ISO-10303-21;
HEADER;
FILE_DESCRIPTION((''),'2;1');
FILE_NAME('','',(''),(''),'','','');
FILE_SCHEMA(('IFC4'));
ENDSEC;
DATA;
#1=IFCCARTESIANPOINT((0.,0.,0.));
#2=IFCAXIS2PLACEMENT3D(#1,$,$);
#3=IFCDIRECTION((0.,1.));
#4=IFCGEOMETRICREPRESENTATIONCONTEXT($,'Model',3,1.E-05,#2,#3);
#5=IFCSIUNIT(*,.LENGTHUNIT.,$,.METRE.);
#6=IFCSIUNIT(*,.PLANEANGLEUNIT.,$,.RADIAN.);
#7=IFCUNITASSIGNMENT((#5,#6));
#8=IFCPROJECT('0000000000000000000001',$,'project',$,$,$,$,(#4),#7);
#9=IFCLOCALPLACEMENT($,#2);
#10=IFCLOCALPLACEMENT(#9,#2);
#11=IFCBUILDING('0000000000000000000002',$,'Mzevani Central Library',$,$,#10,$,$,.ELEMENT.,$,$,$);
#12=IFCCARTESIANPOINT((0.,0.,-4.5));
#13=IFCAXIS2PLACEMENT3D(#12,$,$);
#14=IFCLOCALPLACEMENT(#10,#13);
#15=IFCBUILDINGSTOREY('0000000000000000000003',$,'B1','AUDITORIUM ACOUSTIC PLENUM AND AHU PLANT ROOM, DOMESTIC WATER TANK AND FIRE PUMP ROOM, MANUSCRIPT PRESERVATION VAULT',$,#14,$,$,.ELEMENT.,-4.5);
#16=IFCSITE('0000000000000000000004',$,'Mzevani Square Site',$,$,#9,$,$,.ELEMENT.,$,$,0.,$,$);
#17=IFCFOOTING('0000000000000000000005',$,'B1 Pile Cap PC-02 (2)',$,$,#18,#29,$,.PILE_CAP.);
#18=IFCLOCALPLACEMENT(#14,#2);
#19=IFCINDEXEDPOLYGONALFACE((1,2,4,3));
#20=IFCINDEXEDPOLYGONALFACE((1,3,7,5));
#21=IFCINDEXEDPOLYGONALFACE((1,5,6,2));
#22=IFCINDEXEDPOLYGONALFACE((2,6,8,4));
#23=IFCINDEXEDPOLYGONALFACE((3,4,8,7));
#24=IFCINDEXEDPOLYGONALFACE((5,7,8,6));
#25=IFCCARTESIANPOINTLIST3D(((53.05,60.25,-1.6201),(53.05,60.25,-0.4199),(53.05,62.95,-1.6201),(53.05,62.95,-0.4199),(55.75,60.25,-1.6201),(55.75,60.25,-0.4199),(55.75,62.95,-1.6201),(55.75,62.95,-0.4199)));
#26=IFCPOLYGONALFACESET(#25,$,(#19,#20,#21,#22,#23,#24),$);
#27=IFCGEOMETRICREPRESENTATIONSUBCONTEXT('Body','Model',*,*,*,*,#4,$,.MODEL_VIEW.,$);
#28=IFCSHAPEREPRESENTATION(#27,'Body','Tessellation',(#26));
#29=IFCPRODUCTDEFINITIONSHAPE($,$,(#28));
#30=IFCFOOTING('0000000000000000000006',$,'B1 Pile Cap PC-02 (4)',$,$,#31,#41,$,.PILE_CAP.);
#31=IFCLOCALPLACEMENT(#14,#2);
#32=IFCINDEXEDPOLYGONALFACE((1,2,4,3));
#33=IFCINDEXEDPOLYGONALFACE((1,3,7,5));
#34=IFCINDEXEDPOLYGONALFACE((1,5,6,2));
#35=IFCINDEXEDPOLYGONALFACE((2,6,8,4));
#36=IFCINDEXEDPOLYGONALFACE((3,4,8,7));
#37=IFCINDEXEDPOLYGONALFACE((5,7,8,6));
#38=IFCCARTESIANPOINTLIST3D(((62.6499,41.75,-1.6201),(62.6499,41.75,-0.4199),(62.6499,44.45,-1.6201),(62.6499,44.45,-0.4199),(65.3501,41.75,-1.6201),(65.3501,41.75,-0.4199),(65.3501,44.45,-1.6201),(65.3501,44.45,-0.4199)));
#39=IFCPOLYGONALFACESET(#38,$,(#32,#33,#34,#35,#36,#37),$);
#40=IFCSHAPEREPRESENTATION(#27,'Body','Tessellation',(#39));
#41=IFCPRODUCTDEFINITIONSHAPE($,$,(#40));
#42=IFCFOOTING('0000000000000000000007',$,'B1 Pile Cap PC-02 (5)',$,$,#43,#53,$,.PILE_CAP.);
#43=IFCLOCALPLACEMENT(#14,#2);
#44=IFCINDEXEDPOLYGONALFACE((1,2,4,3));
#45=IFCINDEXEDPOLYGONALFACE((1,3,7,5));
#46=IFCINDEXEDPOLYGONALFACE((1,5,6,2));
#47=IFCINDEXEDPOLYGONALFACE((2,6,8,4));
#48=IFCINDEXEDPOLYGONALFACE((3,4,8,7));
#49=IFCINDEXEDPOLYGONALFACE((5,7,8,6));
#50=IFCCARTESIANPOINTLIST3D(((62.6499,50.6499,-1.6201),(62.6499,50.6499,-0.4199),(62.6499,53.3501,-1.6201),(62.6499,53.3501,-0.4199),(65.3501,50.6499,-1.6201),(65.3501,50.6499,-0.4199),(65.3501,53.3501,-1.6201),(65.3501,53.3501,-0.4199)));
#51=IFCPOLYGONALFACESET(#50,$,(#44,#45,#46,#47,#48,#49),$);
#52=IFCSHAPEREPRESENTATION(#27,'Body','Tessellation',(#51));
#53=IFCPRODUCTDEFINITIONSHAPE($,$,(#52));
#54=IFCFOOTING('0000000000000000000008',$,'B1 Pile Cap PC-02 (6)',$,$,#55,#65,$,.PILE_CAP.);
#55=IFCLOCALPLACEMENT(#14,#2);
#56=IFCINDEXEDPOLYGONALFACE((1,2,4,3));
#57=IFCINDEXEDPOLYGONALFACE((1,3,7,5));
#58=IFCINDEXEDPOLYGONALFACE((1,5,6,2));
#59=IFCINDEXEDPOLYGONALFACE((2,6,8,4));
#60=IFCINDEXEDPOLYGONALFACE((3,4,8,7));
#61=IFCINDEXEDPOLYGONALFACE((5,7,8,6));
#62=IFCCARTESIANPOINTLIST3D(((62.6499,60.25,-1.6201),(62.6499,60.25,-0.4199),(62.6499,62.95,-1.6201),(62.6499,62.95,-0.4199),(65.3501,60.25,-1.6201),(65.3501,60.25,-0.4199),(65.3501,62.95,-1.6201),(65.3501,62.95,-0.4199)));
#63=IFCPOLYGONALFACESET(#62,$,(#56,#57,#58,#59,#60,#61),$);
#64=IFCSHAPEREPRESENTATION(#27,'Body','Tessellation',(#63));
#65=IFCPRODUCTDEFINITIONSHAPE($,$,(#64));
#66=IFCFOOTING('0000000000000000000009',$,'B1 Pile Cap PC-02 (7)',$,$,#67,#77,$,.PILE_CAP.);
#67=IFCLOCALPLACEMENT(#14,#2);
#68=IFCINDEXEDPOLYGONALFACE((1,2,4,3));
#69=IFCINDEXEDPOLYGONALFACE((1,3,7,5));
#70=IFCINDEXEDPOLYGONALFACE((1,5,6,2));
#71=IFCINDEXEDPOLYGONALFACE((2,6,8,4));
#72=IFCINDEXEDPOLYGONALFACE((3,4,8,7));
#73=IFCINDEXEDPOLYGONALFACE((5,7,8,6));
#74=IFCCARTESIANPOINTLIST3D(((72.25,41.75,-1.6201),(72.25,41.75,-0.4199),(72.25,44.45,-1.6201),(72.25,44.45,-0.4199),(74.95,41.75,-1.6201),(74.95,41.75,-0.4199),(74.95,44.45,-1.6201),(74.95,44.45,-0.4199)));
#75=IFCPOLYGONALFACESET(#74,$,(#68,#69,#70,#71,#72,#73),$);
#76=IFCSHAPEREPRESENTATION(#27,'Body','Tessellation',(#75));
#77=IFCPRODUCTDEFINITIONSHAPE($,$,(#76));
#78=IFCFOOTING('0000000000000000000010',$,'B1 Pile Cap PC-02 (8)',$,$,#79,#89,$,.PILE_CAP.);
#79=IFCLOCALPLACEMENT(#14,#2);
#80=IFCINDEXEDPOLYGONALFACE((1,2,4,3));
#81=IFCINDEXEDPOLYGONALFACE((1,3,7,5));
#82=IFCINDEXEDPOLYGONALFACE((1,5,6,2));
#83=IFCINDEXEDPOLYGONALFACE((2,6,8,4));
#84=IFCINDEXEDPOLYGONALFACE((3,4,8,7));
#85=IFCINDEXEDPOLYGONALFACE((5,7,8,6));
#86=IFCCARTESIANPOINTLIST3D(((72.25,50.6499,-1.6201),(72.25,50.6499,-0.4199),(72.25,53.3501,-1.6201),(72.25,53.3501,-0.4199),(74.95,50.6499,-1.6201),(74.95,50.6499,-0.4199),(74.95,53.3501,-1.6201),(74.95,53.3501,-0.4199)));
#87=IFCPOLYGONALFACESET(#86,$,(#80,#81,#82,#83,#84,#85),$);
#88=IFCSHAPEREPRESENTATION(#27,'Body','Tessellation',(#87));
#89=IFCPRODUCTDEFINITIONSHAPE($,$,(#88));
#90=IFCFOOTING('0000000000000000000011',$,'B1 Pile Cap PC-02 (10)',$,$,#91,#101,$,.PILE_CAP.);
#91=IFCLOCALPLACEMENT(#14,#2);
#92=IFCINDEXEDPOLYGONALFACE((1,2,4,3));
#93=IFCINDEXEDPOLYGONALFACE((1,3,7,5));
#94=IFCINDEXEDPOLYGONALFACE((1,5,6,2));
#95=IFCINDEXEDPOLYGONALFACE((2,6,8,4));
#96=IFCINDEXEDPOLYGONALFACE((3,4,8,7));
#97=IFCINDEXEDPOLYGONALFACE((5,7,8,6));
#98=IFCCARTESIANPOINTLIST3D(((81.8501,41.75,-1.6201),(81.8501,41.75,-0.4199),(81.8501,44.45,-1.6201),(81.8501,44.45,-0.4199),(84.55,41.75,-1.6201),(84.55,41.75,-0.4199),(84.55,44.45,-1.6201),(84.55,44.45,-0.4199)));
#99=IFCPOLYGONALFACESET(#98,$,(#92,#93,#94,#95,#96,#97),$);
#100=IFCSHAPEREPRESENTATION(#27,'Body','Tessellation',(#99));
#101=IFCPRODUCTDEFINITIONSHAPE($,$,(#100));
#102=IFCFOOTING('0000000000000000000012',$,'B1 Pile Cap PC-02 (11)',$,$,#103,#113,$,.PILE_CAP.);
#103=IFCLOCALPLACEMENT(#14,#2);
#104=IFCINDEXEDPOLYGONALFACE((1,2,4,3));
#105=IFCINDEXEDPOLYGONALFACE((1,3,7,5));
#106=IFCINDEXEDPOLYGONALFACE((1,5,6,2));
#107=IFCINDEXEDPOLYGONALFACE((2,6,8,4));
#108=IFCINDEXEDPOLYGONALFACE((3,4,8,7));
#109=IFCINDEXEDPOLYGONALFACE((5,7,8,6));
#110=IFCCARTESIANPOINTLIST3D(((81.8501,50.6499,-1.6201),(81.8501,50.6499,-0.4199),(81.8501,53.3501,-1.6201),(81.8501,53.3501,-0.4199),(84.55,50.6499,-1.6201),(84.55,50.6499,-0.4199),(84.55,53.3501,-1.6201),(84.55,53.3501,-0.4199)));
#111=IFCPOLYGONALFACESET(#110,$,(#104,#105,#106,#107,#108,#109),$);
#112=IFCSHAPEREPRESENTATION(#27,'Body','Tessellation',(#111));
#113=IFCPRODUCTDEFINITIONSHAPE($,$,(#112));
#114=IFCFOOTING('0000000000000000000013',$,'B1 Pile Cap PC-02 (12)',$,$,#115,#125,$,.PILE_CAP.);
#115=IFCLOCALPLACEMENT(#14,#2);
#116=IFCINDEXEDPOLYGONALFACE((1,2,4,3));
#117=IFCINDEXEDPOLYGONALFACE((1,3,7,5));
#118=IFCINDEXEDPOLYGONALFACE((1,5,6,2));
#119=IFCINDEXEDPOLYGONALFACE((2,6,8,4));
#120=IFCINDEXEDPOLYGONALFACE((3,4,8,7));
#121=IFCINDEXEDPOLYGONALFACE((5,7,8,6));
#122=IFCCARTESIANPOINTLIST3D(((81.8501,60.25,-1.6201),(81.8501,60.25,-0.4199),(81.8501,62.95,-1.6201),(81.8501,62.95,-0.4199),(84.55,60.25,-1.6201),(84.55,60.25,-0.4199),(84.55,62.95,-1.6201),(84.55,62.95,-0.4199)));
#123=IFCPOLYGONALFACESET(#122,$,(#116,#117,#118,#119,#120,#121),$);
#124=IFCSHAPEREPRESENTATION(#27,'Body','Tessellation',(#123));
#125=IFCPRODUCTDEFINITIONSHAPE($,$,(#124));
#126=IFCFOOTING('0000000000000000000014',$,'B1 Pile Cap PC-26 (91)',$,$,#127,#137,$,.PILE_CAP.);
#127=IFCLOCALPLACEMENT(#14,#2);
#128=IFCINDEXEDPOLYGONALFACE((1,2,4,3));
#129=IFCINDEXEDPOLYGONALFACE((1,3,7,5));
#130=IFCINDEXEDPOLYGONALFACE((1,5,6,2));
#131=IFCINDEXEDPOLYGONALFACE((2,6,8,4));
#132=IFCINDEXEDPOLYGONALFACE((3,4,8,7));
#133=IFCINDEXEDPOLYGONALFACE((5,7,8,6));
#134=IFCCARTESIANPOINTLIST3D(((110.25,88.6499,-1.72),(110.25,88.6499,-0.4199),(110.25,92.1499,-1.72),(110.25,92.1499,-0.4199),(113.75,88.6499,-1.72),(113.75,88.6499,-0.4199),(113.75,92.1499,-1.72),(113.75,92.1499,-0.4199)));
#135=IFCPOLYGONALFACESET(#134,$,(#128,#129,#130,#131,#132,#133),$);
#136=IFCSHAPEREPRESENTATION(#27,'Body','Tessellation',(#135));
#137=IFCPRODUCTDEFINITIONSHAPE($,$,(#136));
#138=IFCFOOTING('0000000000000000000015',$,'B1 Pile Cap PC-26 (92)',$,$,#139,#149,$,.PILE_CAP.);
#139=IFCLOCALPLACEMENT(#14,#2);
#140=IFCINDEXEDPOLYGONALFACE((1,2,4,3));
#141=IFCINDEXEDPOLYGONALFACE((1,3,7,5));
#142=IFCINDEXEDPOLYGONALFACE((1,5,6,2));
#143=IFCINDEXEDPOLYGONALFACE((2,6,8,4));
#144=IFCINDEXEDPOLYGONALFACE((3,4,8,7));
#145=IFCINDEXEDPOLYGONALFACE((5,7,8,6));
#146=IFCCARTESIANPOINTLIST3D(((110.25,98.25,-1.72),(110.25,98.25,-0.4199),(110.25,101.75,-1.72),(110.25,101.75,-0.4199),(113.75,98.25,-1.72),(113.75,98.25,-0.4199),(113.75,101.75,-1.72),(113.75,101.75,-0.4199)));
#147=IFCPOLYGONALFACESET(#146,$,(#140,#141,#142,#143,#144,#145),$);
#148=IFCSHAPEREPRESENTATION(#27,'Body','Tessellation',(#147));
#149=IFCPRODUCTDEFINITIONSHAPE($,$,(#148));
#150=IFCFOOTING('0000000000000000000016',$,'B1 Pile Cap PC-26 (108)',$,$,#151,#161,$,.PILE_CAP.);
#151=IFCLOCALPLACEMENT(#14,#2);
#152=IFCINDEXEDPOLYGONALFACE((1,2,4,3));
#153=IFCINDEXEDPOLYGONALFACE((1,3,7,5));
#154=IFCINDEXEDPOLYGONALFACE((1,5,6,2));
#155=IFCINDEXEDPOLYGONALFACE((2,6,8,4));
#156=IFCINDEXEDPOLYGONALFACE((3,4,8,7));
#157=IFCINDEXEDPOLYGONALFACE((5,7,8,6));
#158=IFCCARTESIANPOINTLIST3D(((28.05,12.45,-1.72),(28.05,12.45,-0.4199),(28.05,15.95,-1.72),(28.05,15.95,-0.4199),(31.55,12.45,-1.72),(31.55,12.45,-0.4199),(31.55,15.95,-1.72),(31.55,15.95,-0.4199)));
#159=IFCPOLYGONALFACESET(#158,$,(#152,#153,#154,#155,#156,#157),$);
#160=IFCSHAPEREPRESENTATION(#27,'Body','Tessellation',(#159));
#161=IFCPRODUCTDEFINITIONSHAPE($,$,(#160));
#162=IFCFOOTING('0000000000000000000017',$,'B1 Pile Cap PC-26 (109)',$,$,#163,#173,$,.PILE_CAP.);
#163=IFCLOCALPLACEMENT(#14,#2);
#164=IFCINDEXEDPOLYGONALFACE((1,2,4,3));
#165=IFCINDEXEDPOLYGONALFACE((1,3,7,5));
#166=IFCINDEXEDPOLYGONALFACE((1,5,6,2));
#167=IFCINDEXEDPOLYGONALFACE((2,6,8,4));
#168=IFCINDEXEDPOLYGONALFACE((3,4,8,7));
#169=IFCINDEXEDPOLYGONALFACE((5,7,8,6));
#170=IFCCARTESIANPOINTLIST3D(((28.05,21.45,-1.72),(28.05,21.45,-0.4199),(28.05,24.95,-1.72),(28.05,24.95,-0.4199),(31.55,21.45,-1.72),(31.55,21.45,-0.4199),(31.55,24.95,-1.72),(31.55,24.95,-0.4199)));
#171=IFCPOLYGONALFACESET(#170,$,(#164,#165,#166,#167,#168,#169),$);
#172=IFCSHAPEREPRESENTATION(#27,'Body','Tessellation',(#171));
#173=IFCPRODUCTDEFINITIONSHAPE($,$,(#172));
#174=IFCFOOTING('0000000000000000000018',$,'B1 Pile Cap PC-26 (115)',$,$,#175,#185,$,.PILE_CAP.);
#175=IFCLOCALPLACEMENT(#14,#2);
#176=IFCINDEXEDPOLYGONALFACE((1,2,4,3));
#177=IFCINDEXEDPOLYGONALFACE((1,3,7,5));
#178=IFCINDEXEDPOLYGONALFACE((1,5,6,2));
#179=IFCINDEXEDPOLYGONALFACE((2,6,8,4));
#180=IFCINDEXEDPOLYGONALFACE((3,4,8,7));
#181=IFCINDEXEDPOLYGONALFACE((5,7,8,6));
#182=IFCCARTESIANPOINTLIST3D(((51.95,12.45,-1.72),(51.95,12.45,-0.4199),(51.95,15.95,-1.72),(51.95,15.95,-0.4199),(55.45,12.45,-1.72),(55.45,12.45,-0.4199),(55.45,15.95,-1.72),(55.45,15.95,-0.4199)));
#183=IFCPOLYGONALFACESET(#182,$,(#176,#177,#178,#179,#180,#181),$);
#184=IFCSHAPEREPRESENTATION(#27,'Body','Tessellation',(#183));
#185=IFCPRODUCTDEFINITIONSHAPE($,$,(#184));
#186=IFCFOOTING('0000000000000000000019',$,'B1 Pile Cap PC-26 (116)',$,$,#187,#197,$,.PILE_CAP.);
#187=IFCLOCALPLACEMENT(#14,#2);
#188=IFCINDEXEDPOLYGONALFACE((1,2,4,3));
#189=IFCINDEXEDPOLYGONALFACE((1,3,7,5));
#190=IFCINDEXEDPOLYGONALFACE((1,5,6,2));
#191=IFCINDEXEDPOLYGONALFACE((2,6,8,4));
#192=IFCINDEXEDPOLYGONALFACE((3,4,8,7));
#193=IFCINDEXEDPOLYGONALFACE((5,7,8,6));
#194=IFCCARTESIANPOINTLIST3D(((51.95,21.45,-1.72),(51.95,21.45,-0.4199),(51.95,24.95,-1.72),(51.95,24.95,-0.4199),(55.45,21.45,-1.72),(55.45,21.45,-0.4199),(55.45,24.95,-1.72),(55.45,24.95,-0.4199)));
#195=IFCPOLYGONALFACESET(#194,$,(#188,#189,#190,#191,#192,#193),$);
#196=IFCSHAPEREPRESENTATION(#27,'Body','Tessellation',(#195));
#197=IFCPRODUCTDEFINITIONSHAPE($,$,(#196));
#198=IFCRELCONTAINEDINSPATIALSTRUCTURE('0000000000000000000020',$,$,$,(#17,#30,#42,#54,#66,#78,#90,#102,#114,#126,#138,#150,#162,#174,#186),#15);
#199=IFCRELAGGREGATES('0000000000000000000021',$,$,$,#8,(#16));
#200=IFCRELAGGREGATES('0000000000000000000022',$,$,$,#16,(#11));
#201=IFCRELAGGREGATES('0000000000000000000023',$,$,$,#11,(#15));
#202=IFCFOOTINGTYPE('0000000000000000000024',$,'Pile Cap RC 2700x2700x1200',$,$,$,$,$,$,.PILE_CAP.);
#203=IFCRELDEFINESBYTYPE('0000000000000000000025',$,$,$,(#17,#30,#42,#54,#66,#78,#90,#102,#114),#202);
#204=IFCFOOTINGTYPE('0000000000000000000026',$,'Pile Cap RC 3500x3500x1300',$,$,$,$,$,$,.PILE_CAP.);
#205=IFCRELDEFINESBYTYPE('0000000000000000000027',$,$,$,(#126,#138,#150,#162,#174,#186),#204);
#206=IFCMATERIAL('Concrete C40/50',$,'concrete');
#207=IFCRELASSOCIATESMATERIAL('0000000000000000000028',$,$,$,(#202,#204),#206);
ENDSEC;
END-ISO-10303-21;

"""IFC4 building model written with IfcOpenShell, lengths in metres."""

from ifc_helpers import new_model, si_unit, direction, frame, origin, place, context, subcontext, project, spatial, polyline, outline, extrude, material, type_object, element, save


model = new_model("IFC4")

# Units and contexts
model_context = context("Model", 3, precision=1e-05, world=origin(), true_north=direction((0.0, 1.0)))
body_context = subcontext(model_context, "Body", "Model", "MODEL_VIEW")
ifc_project = project(units=[si_unit("LENGTHUNIT", "METRE"), si_unit("PLANEANGLEUNIT", "RADIAN")], contexts=[model_context])

# Site, building, storey
site_placement = place(None, origin())
site = spatial("IfcSite", under=ifc_project, at=site_placement, Name="Mzevani Square Site", CompositionType="ELEMENT", RefElevation=0.0)
building_placement = place(site_placement, origin())
building = spatial("IfcBuilding", under=site, at=building_placement, Name="Mzevani Central Library", CompositionType="ELEMENT")
storey_placement = place(building_placement, frame((0.0, 0.0, -4.5)))
storey = spatial("IfcBuildingStorey", under=building, at=storey_placement, Name="B1", Description="AUDITORIUM ACOUSTIC PLENUM AND AHU PLANT ROOM, DOMESTIC WATER TANK AND FIRE PUMP ROOM, MANUSCRIPT PRESERVATION VAULT", CompositionType="ELEMENT", Elevation=-4.5)

# Footings
ifc_material = material(Name="Concrete C40/50", Category="concrete")
footing_type_1 = type_object("IfcFootingType", Name="Pile Cap RC 2700x2700x1200", PredefinedType="PILE_CAP", material=ifc_material)
footing_1_placement = place(storey_placement, frame((0.0, 0.0, -1.6201)))
element("IfcFooting", 1, at=footing_1_placement, inside=storey, type_object=footing_type_1, Name="B1 Pile Cap PC-02 (2)", PredefinedType="PILE_CAP", context=body_context, shape_type="SweptSolid", body=[
    extrude(outline(polyline([(53.05, 60.25), (55.75, 60.25), (55.75, 62.95), (53.05, 62.95), (53.05, 60.25)])), origin(), (0.0, 0.0, 1.0), 1.2002),
])
footing_2_placement = place(storey_placement, frame((0.0, 0.0, -1.6201)))
element("IfcFooting", 2, at=footing_2_placement, inside=storey, type_object=footing_type_1, Name="B1 Pile Cap PC-02 (4)", PredefinedType="PILE_CAP", context=body_context, shape_type="SweptSolid", body=[
    extrude(outline(polyline([(62.6499, 41.75), (65.3501, 41.75), (65.3501, 44.45), (62.6499, 44.45), (62.6499, 41.75)])), origin(), (0.0, 0.0, 1.0), 1.2002),
])
footing_3_placement = place(storey_placement, frame((0.0, 0.0, -1.6201)))
element("IfcFooting", 3, at=footing_3_placement, inside=storey, type_object=footing_type_1, Name="B1 Pile Cap PC-02 (5)", PredefinedType="PILE_CAP", context=body_context, shape_type="SweptSolid", body=[
    extrude(outline(polyline([(62.6499, 50.6499), (65.3501, 50.6499), (65.3501, 53.3501), (62.6499, 53.3501), (62.6499, 50.6499)])), origin(), (0.0, 0.0, 1.0), 1.2002),
])
footing_4_placement = place(storey_placement, frame((0.0, 0.0, -1.6201)))
element("IfcFooting", 4, at=footing_4_placement, inside=storey, type_object=footing_type_1, Name="B1 Pile Cap PC-02 (6)", PredefinedType="PILE_CAP", context=body_context, shape_type="SweptSolid", body=[
    extrude(outline(polyline([(62.6499, 60.25), (65.3501, 60.25), (65.3501, 62.95), (62.6499, 62.95), (62.6499, 60.25)])), origin(), (0.0, 0.0, 1.0), 1.2002),
])
footing_5_placement = place(storey_placement, frame((0.0, 0.0, -1.6201)))
element("IfcFooting", 5, at=footing_5_placement, inside=storey, type_object=footing_type_1, Name="B1 Pile Cap PC-02 (7)", PredefinedType="PILE_CAP", context=body_context, shape_type="SweptSolid", body=[
    extrude(outline(polyline([(72.25, 41.75), (74.95, 41.75), (74.95, 44.45), (72.25, 44.45), (72.25, 41.75)])), origin(), (0.0, 0.0, 1.0), 1.2002),
])
footing_6_placement = place(storey_placement, frame((0.0, 0.0, -1.6201)))
element("IfcFooting", 6, at=footing_6_placement, inside=storey, type_object=footing_type_1, Name="B1 Pile Cap PC-02 (8)", PredefinedType="PILE_CAP", context=body_context, shape_type="SweptSolid", body=[
    extrude(outline(polyline([(72.25, 50.6499), (74.95, 50.6499), (74.95, 53.3501), (72.25, 53.3501), (72.25, 50.6499)])), origin(), (0.0, 0.0, 1.0), 1.2002),
])
footing_7_placement = place(storey_placement, frame((0.0, 0.0, -1.6201)))
element("IfcFooting", 7, at=footing_7_placement, inside=storey, type_object=footing_type_1, Name="B1 Pile Cap PC-02 (10)", PredefinedType="PILE_CAP", context=body_context, shape_type="SweptSolid", body=[
    extrude(outline(polyline([(81.8501, 41.75), (84.55, 41.75), (84.55, 44.45), (81.8501, 44.45), (81.8501, 41.75)])), origin(), (0.0, 0.0, 1.0), 1.2002),
])
footing_8_placement = place(storey_placement, frame((0.0, 0.0, -1.6201)))
element("IfcFooting", 8, at=footing_8_placement, inside=storey, type_object=footing_type_1, Name="B1 Pile Cap PC-02 (11)", PredefinedType="PILE_CAP", context=body_context, shape_type="SweptSolid", body=[
    extrude(outline(polyline([(81.8501, 50.6499), (84.55, 50.6499), (84.55, 53.3501), (81.8501, 53.3501), (81.8501, 50.6499)])), origin(), (0.0, 0.0, 1.0), 1.2002),
])
footing_9_placement = place(storey_placement, frame((0.0, 0.0, -1.6201)))
element("IfcFooting", 9, at=footing_9_placement, inside=storey, type_object=footing_type_1, Name="B1 Pile Cap PC-02 (12)", PredefinedType="PILE_CAP", context=body_context, shape_type="SweptSolid", body=[
    extrude(outline(polyline([(81.8501, 60.25), (84.55, 60.25), (84.55, 62.95), (81.8501, 62.95), (81.8501, 60.25)])), origin(), (0.0, 0.0, 1.0), 1.2002),
])
footing_type_2 = type_object("IfcFootingType", Name="Pile Cap RC 3500x3500x1300", PredefinedType="PILE_CAP", material=ifc_material)
footing_10_placement = place(storey_placement, frame((0.0, 0.0, -1.72)))
element("IfcFooting", 10, at=footing_10_placement, inside=storey, type_object=footing_type_2, Name="B1 Pile Cap PC-26 (91)", PredefinedType="PILE_CAP", context=body_context, shape_type="SweptSolid", body=[
    extrude(outline(polyline([(110.25, 88.6499), (113.75, 88.6499), (113.75, 92.1499), (110.25, 92.1499), (110.25, 88.6499)])), origin(), (0.0, 0.0, 1.0), 1.3),
])
footing_11_placement = place(storey_placement, frame((0.0, 0.0, -1.72)))
element("IfcFooting", 11, at=footing_11_placement, inside=storey, type_object=footing_type_2, Name="B1 Pile Cap PC-26 (92)", PredefinedType="PILE_CAP", context=body_context, shape_type="SweptSolid", body=[
    extrude(outline(polyline([(110.25, 98.25), (113.75, 98.25), (113.75, 101.75), (110.25, 101.75), (110.25, 98.25)])), origin(), (0.0, 0.0, 1.0), 1.3),
])
footing_12_placement = place(storey_placement, frame((0.0, 0.0, -1.72)))
element("IfcFooting", 12, at=footing_12_placement, inside=storey, type_object=footing_type_2, Name="B1 Pile Cap PC-26 (108)", PredefinedType="PILE_CAP", context=body_context, shape_type="SweptSolid", body=[
    extrude(outline(polyline([(28.05, 12.45), (31.55, 12.45), (31.55, 15.95), (28.05, 15.95), (28.05, 12.45)])), origin(), (0.0, 0.0, 1.0), 1.3),
])
footing_13_placement = place(storey_placement, frame((0.0, 0.0, -1.72)))
element("IfcFooting", 13, at=footing_13_placement, inside=storey, type_object=footing_type_2, Name="B1 Pile Cap PC-26 (109)", PredefinedType="PILE_CAP", context=body_context, shape_type="SweptSolid", body=[
    extrude(outline(polyline([(28.05, 21.45), (31.55, 21.45), (31.55, 24.95), (28.05, 24.95), (28.05, 21.45)])), origin(), (0.0, 0.0, 1.0), 1.3),
])
footing_14_placement = place(storey_placement, frame((0.0, 0.0, -1.72)))
element("IfcFooting", 14, at=footing_14_placement, inside=storey, type_object=footing_type_2, Name="B1 Pile Cap PC-26 (115)", PredefinedType="PILE_CAP", context=body_context, shape_type="SweptSolid", body=[
    extrude(outline(polyline([(51.95, 12.45), (55.45, 12.45), (55.45, 15.95), (51.95, 15.95), (51.95, 12.45)])), origin(), (0.0, 0.0, 1.0), 1.3),
])
footing_15_placement = place(storey_placement, frame((0.0, 0.0, -1.72)))
element("IfcFooting", 15, at=footing_15_placement, inside=storey, type_object=footing_type_2, Name="B1 Pile Cap PC-26 (116)", PredefinedType="PILE_CAP", context=body_context, shape_type="SweptSolid", body=[
    extrude(outline(polyline([(51.95, 21.45), (55.45, 21.45), (55.45, 24.95), (51.95, 24.95), (51.95, 21.45)])), origin(), (0.0, 0.0, 1.0), 1.3),
])

save(model, "model.ifc")
